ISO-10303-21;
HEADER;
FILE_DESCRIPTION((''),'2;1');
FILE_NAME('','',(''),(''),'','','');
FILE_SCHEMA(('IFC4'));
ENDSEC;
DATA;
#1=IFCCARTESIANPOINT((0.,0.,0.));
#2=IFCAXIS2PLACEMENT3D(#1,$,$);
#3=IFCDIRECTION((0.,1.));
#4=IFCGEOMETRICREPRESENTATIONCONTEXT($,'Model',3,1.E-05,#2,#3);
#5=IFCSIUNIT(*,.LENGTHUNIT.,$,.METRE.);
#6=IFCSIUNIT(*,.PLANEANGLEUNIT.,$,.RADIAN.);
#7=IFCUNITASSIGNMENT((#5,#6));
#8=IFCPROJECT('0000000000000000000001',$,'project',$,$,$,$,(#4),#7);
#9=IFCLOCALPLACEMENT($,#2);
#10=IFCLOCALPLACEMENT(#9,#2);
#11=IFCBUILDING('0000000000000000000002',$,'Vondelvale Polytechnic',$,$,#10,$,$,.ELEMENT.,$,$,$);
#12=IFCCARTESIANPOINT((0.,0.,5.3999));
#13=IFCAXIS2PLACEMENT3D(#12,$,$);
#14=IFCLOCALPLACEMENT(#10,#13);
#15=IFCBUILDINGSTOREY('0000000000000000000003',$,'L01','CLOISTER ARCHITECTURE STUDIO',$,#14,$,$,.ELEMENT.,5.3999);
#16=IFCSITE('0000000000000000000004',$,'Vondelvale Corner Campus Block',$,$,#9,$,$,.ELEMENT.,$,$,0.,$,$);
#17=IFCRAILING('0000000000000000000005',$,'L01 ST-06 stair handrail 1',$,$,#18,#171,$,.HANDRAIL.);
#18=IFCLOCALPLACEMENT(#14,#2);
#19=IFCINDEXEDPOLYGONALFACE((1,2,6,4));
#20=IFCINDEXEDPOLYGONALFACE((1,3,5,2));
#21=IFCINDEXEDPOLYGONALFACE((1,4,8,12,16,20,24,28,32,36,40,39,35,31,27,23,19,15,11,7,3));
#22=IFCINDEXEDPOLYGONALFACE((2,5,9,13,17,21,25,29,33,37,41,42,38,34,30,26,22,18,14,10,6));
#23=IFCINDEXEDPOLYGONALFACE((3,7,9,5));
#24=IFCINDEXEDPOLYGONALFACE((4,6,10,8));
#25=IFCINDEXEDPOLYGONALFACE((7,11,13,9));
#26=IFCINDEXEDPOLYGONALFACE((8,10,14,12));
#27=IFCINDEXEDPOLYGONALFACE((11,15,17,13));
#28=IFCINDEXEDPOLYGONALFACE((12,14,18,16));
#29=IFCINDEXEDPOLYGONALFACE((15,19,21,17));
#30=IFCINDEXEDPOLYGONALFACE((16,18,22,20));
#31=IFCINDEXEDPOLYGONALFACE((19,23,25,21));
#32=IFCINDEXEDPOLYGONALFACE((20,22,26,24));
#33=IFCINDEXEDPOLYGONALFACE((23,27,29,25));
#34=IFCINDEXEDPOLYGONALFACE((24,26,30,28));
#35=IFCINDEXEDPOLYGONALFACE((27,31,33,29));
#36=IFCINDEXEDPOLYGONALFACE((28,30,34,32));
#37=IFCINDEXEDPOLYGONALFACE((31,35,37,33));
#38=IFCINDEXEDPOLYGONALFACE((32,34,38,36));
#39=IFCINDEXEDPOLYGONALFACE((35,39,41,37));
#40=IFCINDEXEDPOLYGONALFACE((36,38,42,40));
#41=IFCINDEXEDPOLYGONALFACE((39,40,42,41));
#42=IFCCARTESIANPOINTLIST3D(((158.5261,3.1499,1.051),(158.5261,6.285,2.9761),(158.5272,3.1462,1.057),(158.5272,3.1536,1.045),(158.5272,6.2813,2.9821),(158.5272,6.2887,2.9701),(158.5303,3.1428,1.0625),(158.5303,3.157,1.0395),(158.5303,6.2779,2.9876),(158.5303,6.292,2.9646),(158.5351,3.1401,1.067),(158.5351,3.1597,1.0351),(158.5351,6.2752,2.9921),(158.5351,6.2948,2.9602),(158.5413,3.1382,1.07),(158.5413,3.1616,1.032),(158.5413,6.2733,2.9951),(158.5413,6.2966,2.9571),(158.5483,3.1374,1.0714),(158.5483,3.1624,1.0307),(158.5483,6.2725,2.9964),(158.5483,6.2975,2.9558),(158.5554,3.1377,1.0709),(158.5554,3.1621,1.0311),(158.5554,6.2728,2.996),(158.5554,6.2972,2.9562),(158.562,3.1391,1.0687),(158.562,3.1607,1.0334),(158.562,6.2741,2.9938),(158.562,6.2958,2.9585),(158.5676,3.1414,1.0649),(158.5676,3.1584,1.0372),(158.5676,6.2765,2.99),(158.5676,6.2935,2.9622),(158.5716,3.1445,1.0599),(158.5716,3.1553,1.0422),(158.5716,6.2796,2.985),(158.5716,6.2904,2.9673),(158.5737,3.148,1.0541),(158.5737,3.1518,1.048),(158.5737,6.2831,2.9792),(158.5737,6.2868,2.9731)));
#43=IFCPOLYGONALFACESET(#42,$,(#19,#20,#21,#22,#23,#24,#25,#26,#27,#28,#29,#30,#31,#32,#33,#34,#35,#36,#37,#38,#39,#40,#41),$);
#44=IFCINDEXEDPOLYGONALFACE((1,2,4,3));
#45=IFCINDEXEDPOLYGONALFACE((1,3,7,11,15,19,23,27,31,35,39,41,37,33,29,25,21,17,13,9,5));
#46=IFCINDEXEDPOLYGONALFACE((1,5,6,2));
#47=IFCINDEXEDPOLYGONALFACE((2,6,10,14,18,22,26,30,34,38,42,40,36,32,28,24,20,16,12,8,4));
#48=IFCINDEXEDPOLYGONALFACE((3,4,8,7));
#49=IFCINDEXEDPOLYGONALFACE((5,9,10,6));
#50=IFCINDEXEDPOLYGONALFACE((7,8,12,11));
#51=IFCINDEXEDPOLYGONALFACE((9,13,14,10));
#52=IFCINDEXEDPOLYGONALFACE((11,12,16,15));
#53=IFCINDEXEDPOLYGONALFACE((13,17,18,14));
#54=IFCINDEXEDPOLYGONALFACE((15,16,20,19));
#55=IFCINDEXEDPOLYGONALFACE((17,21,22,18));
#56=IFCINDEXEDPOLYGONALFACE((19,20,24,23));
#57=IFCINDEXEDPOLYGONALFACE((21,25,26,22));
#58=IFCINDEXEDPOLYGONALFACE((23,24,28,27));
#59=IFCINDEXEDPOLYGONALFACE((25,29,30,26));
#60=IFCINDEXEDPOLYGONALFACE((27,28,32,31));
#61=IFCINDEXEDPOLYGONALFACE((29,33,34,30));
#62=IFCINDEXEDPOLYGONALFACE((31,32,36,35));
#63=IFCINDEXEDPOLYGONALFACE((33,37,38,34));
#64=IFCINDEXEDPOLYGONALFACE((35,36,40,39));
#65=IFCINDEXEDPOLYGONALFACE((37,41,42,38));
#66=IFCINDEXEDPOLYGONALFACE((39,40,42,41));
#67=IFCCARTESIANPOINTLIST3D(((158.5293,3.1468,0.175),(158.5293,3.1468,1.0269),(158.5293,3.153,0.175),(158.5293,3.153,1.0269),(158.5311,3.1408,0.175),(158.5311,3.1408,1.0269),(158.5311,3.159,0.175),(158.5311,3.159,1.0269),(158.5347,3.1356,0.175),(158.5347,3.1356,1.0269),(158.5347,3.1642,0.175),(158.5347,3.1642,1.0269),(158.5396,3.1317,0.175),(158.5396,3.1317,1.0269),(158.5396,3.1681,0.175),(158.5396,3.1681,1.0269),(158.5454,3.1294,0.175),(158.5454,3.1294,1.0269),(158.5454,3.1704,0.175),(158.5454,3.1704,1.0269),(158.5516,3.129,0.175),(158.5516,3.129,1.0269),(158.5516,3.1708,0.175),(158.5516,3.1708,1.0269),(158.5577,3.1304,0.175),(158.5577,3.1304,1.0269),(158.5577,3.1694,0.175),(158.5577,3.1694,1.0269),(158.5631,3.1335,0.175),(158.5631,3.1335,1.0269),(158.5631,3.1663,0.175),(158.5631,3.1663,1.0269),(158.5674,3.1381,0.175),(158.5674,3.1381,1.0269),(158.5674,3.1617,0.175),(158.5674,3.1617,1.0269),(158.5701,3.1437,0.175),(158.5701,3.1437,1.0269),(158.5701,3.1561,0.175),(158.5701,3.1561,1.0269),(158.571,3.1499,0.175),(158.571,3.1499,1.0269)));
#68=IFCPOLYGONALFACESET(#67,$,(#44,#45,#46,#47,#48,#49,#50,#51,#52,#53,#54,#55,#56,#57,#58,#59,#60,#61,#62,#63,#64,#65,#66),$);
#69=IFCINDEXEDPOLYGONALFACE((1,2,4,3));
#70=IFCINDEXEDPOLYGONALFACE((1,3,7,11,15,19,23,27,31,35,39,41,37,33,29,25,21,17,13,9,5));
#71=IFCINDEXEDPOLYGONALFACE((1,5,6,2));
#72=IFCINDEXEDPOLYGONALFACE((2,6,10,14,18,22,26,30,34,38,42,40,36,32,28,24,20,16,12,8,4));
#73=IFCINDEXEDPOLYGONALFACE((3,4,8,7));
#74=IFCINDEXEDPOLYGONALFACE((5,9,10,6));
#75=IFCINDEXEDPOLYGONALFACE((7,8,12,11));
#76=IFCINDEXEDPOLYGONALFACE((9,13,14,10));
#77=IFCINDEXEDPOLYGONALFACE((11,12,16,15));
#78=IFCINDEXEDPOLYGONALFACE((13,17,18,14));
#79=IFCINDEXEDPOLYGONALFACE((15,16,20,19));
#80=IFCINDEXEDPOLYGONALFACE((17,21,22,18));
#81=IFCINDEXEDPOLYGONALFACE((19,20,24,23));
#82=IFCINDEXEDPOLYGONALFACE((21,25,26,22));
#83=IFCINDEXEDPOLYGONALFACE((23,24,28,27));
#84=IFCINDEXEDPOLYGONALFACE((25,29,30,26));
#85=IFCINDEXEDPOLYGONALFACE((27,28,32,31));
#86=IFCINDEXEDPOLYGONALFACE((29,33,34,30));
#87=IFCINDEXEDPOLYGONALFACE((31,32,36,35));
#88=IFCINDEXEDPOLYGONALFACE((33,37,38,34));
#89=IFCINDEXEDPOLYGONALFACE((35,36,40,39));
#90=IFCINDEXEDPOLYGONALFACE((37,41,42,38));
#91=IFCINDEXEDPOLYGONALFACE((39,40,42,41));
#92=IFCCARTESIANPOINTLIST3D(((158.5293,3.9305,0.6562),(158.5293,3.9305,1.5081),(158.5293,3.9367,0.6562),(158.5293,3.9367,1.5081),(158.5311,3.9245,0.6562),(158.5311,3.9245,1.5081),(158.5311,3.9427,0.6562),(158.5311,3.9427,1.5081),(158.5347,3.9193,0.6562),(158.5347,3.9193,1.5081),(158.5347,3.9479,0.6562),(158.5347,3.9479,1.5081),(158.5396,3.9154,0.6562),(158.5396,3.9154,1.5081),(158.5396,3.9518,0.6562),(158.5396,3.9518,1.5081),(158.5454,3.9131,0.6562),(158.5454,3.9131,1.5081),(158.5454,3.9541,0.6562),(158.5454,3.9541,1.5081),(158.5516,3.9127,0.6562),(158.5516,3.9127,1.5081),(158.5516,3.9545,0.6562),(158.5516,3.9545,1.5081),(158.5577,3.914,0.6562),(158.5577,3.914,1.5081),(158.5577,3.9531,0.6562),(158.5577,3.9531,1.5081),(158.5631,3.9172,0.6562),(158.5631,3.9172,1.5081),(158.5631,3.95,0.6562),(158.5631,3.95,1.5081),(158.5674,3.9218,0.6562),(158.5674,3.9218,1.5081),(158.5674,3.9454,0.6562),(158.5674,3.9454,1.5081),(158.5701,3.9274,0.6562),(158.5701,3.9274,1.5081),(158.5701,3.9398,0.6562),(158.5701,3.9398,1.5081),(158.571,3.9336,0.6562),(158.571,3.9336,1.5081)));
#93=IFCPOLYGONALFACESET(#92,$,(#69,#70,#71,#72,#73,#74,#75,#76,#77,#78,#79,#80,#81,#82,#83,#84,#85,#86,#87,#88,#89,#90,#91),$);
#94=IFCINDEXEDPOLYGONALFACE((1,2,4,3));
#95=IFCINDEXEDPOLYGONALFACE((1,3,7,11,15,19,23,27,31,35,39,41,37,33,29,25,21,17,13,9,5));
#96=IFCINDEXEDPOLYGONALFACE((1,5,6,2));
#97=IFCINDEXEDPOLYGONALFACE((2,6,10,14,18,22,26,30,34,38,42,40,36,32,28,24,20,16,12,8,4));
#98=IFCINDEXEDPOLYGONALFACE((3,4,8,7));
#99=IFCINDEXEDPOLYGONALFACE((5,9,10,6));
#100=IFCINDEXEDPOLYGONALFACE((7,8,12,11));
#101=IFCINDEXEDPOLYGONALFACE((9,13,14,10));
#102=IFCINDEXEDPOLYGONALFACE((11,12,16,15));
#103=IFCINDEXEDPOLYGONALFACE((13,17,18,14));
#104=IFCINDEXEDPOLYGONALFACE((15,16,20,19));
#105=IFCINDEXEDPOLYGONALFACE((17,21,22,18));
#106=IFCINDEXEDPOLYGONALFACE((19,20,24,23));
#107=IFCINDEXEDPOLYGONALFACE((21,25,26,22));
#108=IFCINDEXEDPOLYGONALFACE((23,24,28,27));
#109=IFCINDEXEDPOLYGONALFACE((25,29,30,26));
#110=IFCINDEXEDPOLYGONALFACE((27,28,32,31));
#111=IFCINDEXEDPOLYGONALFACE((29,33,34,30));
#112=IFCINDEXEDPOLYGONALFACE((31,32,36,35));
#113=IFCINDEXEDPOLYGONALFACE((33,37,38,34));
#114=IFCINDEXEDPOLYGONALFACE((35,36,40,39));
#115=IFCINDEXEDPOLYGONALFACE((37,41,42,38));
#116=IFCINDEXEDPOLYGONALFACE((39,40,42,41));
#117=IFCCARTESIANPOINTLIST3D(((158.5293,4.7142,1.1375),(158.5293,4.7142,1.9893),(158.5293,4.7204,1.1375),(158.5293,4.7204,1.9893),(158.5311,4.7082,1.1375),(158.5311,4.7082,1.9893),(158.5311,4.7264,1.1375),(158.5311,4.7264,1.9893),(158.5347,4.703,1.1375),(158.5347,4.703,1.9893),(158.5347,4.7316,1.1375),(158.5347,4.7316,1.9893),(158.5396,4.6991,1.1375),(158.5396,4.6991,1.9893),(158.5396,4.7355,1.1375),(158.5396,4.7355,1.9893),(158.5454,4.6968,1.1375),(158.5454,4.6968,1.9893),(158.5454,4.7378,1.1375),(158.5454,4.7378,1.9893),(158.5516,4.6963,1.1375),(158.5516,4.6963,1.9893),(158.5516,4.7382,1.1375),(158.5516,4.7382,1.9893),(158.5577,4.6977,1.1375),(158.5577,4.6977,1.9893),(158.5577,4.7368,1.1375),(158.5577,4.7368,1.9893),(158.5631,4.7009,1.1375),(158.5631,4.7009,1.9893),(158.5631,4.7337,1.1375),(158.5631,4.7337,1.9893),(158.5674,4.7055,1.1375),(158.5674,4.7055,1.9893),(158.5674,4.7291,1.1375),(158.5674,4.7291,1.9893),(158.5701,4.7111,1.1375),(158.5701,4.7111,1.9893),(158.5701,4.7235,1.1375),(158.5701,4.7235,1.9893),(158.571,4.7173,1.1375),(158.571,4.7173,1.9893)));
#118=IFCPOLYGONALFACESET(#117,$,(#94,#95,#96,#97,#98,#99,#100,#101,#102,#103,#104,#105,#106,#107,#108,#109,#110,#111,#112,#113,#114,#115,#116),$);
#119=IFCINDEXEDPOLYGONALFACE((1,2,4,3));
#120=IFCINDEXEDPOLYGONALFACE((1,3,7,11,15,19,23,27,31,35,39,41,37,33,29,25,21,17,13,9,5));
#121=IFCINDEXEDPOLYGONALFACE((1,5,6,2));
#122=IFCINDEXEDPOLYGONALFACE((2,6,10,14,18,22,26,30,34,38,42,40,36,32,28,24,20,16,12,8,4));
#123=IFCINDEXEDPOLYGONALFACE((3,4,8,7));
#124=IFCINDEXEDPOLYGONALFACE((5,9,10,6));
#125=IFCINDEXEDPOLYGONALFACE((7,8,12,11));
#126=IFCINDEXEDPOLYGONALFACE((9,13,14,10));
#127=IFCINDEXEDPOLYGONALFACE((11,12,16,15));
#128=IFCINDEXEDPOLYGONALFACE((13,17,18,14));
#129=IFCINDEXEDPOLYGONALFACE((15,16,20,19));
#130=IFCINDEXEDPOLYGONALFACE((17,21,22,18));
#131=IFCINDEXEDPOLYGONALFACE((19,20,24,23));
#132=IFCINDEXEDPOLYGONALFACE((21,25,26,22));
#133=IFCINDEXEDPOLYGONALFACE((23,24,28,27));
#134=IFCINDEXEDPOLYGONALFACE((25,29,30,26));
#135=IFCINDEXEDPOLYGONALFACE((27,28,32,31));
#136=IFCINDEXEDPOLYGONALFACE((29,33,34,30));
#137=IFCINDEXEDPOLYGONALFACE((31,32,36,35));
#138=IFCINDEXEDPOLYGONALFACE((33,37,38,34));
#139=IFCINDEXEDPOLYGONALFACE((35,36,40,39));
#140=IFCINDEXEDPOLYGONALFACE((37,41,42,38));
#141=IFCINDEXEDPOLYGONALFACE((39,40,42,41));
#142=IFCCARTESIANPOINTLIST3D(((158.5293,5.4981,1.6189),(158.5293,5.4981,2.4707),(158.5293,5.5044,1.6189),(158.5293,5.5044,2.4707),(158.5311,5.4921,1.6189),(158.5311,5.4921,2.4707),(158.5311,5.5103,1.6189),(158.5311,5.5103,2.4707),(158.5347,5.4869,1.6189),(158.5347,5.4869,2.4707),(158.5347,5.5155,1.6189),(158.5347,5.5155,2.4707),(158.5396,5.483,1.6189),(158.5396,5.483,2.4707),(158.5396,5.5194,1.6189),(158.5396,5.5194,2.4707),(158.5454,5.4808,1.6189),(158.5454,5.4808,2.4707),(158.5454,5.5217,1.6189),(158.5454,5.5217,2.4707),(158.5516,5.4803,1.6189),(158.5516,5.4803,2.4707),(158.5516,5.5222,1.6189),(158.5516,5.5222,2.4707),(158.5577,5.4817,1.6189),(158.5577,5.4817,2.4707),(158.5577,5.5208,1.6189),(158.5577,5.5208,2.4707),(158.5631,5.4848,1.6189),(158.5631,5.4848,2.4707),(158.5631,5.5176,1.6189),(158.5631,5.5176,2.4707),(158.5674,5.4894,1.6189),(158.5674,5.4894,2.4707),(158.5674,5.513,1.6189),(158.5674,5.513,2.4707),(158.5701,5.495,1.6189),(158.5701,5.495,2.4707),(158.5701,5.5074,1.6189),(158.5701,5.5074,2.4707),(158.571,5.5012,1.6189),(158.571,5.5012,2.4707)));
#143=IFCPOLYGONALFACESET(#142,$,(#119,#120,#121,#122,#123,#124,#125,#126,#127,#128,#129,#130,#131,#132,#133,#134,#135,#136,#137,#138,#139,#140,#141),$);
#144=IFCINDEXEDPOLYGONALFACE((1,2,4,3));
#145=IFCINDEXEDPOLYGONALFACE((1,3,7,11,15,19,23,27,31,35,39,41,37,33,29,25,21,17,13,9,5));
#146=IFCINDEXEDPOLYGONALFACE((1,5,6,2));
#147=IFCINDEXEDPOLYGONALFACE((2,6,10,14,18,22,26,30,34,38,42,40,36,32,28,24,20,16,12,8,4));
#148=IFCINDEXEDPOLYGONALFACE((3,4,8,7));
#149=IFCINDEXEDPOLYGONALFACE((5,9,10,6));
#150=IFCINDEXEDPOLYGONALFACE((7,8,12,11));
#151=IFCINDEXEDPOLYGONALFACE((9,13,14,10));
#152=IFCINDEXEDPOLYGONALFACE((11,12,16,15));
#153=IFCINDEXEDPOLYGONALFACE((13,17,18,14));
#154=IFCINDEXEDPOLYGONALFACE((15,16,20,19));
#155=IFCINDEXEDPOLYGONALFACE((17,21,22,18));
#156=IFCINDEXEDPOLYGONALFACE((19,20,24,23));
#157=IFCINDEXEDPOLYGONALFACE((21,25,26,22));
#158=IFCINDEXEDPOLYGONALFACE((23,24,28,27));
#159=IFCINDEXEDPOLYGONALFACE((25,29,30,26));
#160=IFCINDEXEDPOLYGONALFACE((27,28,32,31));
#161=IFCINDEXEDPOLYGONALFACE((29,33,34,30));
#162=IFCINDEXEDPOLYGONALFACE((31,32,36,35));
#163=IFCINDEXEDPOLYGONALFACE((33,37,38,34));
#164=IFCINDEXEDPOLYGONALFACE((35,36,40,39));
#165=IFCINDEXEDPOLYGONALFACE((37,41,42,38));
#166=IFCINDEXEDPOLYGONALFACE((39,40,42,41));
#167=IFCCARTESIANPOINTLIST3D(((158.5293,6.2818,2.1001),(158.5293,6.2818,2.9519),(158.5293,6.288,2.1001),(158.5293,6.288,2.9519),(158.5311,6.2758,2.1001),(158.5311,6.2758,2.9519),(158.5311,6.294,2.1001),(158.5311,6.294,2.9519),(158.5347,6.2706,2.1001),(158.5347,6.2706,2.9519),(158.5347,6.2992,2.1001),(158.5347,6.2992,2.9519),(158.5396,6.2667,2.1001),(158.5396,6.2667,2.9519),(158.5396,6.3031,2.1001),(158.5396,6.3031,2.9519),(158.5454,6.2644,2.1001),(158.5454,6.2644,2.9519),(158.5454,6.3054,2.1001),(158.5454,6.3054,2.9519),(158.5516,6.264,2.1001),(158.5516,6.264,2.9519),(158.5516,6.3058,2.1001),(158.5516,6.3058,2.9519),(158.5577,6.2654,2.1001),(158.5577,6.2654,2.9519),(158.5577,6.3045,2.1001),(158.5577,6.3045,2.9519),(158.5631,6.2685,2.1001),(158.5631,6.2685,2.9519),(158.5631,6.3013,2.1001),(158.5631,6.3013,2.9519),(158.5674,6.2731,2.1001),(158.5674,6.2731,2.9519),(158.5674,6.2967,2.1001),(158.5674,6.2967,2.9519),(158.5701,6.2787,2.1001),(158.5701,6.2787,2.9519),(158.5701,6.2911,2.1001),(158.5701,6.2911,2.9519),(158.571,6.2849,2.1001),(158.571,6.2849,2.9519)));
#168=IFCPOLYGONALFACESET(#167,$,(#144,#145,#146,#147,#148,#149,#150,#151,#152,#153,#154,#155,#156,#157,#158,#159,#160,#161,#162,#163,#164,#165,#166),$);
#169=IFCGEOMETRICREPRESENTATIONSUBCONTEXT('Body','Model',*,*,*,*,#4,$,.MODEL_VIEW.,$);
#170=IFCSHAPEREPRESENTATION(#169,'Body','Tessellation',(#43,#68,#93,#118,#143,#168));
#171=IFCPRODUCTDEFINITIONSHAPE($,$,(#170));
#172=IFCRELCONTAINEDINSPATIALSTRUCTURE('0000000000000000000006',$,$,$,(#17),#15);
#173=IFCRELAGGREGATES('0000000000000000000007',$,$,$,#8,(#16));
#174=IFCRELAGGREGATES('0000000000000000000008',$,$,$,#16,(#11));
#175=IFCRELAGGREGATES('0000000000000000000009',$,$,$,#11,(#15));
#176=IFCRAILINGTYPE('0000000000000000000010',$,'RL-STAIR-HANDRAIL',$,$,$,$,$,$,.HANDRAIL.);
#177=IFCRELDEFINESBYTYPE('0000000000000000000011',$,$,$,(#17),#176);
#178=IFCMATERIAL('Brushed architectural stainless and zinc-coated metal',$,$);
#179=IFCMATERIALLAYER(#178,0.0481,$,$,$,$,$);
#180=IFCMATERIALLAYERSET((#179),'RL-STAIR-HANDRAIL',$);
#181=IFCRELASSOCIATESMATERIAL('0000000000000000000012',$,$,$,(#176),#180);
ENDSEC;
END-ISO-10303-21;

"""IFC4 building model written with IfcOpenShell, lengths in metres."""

from ifc_helpers import new_model, si_unit, direction, frame, origin, origin_2d, place, context, subcontext, project, spatial, circle, extrude, material, layer, layer_set, type_object, element, save


model = new_model("IFC4")

# Units and contexts
model_context = context("Model", 3, precision=1e-05, world=origin(), true_north=direction((0.0, 1.0)))
body_context = subcontext(model_context, "Body", "Model", "MODEL_VIEW")
ifc_project = project(units=[si_unit("LENGTHUNIT", "METRE"), si_unit("PLANEANGLEUNIT", "RADIAN")], contexts=[model_context])

# Site, building, storey
site_placement = place(None, origin())
site = spatial("IfcSite", under=ifc_project, at=site_placement, Name="Vondelvale Corner Campus Block", CompositionType="ELEMENT", RefElevation=0.0)
building_placement = place(site_placement, origin())
building = spatial("IfcBuilding", under=site, at=building_placement, Name="Vondelvale Polytechnic", CompositionType="ELEMENT")
storey_placement = place(building_placement, frame((0.0, 0.0, 5.3999)))
storey = spatial("IfcBuildingStorey", under=building, at=storey_placement, Name="L01", Description="CLOISTER ARCHITECTURE STUDIO", CompositionType="ELEMENT", Elevation=5.3999)

# Shared definitions
ifc_material_1 = material(Name="Brushed architectural stainless and zinc-coated metal")

# Railing
ifc_layer_1 = layer(ifc_material_1, 0.0481)
ifc_layer_set_1 = layer_set([ifc_layer_1], Name="RL-STAIR-HANDRAIL")
railing_type_1 = type_object("IfcRailingType", Name="RL-STAIR-HANDRAIL", PredefinedType="HANDRAIL", material=ifc_layer_set_1)
railing_1_placement = place(storey_placement, frame((158.55, 3.1499, 0.175)))
element("IfcRailing", 1, at=railing_1_placement, inside=storey, type_object=railing_type_1, Name="L01 ST-06 stair handrail 1", PredefinedType="HANDRAIL", context=body_context, shape_type="SweptSolid", body=[
    extrude(circle(Radius=0.0239, at=origin_2d()), frame((0.0, 0.0, 0.876), z_axis=(0.0, 0.852166, 0.523271), x_axis=(-1.0, 0.0, 0.0)), (0.0, 0.0, 1.0), 3.679),
    extrude(circle(Radius=0.021, at=origin_2d()), origin(), (0.0, 0.0, 1.0), 0.8518),
    extrude(circle(Radius=0.021, at=origin_2d()), frame((0.0, 0.7837, 0.4812)), (0.0, 0.0, 1.0), 0.8518),
    extrude(circle(Radius=0.021, at=origin_2d()), frame((0.0, 1.5674, 0.9624)), (0.0, 0.0, 1.0), 0.8518),
    extrude(circle(Radius=0.021, at=origin_2d()), frame((0.0, 2.3513, 1.4438)), (0.0, 0.0, 1.0), 0.8518),
    extrude(circle(Radius=0.021, at=origin_2d()), frame((0.0, 3.135, 1.925)), (0.0, 0.0, 1.0), 0.8518),
])

save(model, "model.ifc")
